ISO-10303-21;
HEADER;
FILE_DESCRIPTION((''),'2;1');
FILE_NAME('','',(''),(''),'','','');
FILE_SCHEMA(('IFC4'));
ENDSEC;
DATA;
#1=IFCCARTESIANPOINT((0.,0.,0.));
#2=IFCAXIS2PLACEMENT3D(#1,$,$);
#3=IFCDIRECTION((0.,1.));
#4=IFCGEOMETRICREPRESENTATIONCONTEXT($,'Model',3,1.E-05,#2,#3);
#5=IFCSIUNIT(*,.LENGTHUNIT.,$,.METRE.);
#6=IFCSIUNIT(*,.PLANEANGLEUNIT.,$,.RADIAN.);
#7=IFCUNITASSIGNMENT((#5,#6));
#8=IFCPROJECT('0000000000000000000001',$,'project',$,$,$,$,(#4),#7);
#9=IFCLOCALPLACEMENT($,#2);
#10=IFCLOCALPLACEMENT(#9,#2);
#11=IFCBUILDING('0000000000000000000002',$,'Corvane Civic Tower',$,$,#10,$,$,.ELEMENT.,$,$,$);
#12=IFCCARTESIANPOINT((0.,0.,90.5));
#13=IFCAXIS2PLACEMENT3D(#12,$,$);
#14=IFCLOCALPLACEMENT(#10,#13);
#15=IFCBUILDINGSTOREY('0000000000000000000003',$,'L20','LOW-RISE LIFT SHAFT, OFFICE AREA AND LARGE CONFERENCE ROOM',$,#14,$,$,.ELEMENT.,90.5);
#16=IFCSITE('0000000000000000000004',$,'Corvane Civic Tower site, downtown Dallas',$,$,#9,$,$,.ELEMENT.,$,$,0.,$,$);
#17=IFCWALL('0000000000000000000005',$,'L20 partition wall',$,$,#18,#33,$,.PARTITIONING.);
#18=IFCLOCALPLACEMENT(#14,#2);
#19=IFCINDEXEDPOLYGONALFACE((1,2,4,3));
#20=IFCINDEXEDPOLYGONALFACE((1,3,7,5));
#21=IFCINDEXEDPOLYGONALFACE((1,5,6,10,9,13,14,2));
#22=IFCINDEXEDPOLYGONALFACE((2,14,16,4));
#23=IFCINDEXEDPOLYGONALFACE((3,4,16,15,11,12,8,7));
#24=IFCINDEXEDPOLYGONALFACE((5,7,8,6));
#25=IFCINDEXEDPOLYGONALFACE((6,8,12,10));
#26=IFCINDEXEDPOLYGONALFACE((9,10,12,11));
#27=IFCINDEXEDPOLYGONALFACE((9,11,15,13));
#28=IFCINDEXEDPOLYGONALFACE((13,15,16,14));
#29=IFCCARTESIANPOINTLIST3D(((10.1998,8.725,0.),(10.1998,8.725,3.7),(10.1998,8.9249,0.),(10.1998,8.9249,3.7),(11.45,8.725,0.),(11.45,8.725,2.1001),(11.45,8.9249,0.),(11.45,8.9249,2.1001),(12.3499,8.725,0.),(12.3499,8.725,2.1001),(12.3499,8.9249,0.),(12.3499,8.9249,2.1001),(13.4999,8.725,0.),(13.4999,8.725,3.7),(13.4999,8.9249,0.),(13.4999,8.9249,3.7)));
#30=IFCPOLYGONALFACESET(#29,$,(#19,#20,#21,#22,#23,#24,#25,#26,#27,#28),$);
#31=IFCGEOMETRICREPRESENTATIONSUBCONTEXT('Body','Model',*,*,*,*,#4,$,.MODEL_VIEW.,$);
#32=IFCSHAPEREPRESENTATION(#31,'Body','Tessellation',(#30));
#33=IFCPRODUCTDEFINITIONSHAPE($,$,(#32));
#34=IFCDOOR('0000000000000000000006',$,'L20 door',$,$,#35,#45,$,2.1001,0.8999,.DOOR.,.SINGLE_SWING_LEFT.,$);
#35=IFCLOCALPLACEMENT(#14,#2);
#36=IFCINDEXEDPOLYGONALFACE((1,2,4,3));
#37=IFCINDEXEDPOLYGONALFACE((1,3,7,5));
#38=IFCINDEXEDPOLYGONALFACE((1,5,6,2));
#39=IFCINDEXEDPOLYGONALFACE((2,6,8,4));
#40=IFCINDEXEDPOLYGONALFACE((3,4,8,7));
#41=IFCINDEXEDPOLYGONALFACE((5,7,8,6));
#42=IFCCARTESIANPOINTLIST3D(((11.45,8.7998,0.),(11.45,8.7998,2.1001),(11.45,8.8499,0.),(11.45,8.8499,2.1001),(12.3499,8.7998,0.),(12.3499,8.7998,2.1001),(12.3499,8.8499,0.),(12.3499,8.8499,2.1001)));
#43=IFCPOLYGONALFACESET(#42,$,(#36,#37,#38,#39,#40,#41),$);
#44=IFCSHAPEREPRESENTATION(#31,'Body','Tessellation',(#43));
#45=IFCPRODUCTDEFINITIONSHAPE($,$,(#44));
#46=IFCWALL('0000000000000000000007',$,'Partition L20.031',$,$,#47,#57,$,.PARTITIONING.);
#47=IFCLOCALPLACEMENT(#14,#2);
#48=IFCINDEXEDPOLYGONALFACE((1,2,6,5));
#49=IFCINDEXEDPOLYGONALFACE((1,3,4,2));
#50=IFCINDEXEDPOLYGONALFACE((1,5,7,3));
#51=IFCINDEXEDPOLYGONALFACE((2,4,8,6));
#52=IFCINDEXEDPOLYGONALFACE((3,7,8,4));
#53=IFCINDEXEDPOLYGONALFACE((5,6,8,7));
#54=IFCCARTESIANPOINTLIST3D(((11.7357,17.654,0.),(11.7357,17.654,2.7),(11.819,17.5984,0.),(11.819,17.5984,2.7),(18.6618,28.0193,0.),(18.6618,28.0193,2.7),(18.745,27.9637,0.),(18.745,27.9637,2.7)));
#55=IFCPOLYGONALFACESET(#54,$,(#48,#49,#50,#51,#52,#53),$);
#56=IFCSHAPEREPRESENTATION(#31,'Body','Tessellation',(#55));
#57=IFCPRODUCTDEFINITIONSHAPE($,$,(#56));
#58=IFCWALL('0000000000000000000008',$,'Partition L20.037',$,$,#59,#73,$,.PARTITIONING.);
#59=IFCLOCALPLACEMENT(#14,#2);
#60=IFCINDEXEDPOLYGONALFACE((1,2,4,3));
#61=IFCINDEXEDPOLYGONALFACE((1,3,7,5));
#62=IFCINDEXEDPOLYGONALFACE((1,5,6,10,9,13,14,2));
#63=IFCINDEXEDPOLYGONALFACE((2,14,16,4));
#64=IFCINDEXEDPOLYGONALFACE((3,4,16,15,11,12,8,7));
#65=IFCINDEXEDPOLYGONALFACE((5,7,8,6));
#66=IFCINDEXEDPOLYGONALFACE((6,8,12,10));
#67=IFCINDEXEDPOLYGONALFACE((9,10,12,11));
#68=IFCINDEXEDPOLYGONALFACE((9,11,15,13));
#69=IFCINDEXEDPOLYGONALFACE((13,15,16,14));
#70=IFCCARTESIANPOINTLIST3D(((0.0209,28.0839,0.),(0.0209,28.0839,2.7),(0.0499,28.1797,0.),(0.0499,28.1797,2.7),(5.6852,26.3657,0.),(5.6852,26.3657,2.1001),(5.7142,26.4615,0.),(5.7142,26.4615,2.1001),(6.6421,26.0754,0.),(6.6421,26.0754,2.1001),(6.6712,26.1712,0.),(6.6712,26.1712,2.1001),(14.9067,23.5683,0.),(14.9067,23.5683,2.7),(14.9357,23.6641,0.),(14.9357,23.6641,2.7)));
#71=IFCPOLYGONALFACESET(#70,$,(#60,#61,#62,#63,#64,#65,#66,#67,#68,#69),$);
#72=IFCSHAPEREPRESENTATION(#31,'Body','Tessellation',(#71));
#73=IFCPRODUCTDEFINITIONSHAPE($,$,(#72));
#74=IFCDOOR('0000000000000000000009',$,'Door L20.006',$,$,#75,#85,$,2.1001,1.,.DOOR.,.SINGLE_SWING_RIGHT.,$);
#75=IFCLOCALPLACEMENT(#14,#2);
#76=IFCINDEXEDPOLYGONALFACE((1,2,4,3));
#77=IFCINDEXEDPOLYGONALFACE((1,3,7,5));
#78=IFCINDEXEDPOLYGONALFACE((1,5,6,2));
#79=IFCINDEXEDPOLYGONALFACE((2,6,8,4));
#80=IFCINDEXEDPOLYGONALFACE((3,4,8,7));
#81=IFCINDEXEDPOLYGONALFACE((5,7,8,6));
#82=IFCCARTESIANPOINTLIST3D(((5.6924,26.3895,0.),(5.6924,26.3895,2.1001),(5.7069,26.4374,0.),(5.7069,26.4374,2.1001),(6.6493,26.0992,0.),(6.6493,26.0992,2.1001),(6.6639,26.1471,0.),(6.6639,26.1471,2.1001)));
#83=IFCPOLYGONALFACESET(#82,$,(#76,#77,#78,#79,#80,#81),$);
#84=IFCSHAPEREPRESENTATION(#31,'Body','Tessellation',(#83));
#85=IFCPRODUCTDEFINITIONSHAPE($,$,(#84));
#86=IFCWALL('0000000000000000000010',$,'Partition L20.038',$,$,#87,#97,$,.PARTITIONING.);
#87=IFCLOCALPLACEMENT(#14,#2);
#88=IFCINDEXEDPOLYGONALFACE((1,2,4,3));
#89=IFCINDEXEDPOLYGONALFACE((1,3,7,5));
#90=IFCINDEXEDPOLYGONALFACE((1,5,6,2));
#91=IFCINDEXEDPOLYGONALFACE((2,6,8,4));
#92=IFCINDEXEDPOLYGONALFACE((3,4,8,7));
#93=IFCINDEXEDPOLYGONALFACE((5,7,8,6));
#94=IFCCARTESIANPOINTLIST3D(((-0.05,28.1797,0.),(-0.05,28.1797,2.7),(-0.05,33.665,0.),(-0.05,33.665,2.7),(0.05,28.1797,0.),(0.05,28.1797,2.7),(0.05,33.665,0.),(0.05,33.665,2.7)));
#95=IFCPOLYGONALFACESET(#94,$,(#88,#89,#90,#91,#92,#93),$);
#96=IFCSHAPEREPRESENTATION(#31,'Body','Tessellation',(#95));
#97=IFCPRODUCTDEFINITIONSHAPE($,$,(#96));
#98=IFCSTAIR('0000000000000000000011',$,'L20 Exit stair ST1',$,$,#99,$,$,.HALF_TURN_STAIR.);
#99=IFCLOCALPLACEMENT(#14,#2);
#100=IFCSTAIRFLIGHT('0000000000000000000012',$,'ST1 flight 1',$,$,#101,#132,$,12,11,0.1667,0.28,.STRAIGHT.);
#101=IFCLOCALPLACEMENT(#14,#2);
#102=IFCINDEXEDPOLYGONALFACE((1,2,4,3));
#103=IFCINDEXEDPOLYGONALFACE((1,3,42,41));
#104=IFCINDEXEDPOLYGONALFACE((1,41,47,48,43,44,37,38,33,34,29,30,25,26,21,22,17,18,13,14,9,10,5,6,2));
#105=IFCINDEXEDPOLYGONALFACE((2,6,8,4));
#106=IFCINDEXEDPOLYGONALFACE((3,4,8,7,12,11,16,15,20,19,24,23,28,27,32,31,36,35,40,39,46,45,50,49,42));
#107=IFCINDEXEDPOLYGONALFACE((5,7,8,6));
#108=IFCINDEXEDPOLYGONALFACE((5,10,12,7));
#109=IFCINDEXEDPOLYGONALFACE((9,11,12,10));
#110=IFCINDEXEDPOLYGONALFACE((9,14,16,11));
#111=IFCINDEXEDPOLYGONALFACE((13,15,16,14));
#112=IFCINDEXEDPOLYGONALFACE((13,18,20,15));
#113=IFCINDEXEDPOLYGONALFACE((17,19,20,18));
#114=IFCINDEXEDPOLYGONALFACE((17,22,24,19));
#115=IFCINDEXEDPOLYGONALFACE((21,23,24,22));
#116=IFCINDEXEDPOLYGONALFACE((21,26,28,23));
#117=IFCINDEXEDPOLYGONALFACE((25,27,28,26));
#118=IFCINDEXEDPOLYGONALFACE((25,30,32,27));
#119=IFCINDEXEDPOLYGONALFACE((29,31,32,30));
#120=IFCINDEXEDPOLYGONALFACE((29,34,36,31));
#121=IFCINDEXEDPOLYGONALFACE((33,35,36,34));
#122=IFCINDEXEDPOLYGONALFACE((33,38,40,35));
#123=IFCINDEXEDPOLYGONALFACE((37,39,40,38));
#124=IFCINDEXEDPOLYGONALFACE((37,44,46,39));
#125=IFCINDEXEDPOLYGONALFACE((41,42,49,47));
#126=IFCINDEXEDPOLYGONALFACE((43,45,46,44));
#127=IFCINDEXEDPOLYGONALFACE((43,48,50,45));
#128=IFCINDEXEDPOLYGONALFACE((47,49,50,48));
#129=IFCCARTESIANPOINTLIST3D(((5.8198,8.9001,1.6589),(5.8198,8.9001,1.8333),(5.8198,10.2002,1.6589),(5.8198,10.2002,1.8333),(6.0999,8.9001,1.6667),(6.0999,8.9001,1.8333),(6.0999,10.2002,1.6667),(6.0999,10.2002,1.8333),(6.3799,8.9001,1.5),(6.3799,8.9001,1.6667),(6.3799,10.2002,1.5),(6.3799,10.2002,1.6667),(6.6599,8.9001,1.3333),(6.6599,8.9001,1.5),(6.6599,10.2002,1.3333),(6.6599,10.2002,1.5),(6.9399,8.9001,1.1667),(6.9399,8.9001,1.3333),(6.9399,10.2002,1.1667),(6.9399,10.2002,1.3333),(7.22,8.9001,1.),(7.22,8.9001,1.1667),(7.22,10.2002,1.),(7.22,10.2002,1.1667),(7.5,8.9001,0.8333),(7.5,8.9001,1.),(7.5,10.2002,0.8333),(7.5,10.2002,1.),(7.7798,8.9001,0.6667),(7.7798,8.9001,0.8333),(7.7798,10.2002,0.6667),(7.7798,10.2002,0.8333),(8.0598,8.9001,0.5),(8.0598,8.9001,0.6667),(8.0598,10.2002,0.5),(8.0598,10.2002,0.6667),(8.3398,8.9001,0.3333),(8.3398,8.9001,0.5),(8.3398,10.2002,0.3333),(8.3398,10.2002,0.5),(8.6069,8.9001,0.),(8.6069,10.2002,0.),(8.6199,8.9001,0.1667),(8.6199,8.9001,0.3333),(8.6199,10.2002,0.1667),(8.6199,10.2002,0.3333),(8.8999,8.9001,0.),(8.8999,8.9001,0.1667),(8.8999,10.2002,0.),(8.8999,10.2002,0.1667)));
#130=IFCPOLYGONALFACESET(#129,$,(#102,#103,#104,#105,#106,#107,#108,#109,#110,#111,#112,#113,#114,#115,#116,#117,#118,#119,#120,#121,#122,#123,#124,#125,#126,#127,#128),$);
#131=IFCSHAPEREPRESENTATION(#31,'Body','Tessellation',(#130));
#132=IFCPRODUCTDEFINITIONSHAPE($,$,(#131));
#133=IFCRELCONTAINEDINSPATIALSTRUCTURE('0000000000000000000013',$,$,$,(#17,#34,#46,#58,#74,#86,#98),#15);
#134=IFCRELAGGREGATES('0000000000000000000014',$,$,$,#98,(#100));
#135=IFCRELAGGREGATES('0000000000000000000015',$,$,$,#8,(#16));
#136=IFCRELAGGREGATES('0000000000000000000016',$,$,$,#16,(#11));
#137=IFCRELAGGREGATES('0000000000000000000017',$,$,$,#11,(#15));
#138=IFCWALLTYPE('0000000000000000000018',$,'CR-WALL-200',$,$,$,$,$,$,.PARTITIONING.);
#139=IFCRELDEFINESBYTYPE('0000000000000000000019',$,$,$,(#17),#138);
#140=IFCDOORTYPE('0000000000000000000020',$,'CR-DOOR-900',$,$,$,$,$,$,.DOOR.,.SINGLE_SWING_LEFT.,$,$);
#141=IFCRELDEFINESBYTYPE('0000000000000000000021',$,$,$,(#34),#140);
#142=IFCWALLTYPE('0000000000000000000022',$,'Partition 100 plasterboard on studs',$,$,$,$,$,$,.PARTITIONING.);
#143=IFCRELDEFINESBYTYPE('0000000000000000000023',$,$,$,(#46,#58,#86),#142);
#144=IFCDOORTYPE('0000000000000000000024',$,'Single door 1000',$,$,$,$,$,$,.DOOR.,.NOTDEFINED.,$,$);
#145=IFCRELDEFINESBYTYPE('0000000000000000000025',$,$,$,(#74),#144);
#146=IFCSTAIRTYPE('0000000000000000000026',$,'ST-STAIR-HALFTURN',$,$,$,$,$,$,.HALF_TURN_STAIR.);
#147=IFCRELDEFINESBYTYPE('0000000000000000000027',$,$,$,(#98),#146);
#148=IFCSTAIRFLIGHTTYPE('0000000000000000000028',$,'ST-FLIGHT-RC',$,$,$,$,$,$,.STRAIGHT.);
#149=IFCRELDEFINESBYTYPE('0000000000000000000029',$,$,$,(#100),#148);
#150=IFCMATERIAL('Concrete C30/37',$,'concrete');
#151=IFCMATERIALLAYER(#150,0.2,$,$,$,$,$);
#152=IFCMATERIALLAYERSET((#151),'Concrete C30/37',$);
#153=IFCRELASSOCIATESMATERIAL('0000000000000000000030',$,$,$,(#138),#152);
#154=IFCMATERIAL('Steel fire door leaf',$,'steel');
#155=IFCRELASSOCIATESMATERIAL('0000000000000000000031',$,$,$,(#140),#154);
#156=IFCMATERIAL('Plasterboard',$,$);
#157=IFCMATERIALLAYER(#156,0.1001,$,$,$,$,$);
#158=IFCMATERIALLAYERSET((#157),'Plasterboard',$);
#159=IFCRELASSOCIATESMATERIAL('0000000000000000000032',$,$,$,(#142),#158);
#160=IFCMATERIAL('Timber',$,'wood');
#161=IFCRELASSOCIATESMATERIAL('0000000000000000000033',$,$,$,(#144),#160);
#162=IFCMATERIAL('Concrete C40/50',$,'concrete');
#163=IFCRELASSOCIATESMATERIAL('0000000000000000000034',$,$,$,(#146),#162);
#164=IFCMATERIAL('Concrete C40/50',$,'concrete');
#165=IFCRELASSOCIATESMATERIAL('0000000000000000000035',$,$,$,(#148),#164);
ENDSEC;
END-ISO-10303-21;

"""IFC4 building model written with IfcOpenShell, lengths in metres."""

from ifc_helpers import new_model, si_unit, direction, frame, frame_2d, origin, place, context, subcontext, project, spatial, polyline, rectangle, outline, extrude, material, layer, layer_set, type_object, element, fill, aggregate, save


model = new_model("IFC4")

# Units and contexts
model_context = context("Model", 3, precision=1e-05, world=origin(), true_north=direction((0.0, 1.0)))
body_context = subcontext(model_context, "Body", "Model", "MODEL_VIEW")
ifc_project = project(units=[si_unit("LENGTHUNIT", "METRE"), si_unit("PLANEANGLEUNIT", "RADIAN")], contexts=[model_context])

# Site, building, storey
site_placement = place(None, origin())
site = spatial("IfcSite", under=ifc_project, at=site_placement, Name="Corvane Civic Tower site, downtown Dallas", CompositionType="ELEMENT", RefElevation=0.0)
building_placement = place(site_placement, origin())
building = spatial("IfcBuilding", under=site, at=building_placement, Name="Corvane Civic Tower", CompositionType="ELEMENT")
storey_placement = place(building_placement, frame((0.0, 0.0, 90.5)))
storey = spatial("IfcBuildingStorey", under=building, at=storey_placement, Name="L20", Description="LOW-RISE LIFT SHAFT, OFFICE AREA AND LARGE CONFERENCE ROOM", CompositionType="ELEMENT", Elevation=90.5)

# Wall, opening, door
ifc_material_1 = material(Name="Concrete C30/37", Category="concrete")
ifc_layer_1 = layer(ifc_material_1, 0.2)
ifc_layer_set_1 = layer_set([ifc_layer_1], Name="Concrete C30/37")
wall_type_1 = type_object("IfcWallType", Name="CR-WALL-200", PredefinedType="PARTITIONING", material=ifc_layer_set_1)
wall_1_placement = place(storey_placement, frame((10.2, 8.825, 0.0), z_axis=(0.0, 0.0, 1.0), x_axis=(1.0, 0.0, 0.0)))
wall_1 = element("IfcWall", 1, at=wall_1_placement, inside=storey, type_object=wall_type_1, Name="L20 partition wall", PredefinedType="PARTITIONING", context=body_context, shape_type="SweptSolid", body=[
    extrude(rectangle(XDim=3.3, YDim=0.2, at=frame_2d((1.6499, 0.0))), origin(), (0.0, 0.0, 1.0), 3.7),
])
opening_1_placement = place(wall_1_placement, frame((1.25, 0.0, 0.0)))
opening_1 = element("IfcOpeningElement", 2, at=opening_1_placement, cuts=wall_1, PredefinedType="OPENING", context=body_context, shape_type="SweptSolid", body=[
    extrude(rectangle(XDim=0.8999, YDim=2.1001, at=frame_2d((0.45, 1.05))), frame((0.0, 0.1099, 0.0), z_axis=(0.0, -1.0, 0.0), x_axis=(1.0, 0.0, 0.0)), (0.0, 0.0, 1.0), 0.22),
])
ifc_material_2 = material(Name="Steel fire door leaf", Category="steel")
door_type_1 = type_object("IfcDoorType", Name="CR-DOOR-900", OperationType="SINGLE_SWING_LEFT", PredefinedType="DOOR", material=ifc_material_2)
door_1_placement = place(opening_1_placement, origin())
door_1 = element("IfcDoor", 3, at=door_1_placement, inside=storey, type_object=door_type_1, Name="L20 door", OperationType="SINGLE_SWING_LEFT", OverallHeight=2.1001, OverallWidth=0.8999, PredefinedType="DOOR", context=body_context, shape_type="SweptSolid", body=[
    extrude(rectangle(XDim=0.8999, YDim=2.1001, at=frame_2d((0.45, 1.05))), frame((0.0, 0.0249, 0.0), z_axis=(0.0, -1.0, 0.0), x_axis=(1.0, 0.0, 0.0)), (0.0, 0.0, 1.0), 0.05),
])
fill(opening_1, door_1)

# Wall
ifc_material_3 = material(Name="Plasterboard")
ifc_layer_2 = layer(ifc_material_3, 0.1001)
ifc_layer_set_2 = layer_set([ifc_layer_2], Name="Plasterboard")
wall_type_2 = type_object("IfcWallType", Name="Partition 100 plasterboard on studs", PredefinedType="PARTITIONING", material=ifc_layer_set_2)
wall_2_placement = place(storey_placement, frame((11.7773, 17.6262, 0.0), z_axis=(0.0, 0.0, 1.0), x_axis=(0.555581, 0.831462, 0.0)))
element("IfcWall", 4, at=wall_2_placement, inside=storey, type_object=wall_type_2, Name="Partition L20.031", PredefinedType="PARTITIONING", context=body_context, shape_type="SweptSolid", body=[
    extrude(rectangle(XDim=12.4663, YDim=0.1001, at=frame_2d((6.2332, 0.0))), origin(), (0.0, 0.0, 1.0), 2.7),
])

# Wall, opening, door
wall_3_placement = place(storey_placement, frame((0.0354, 28.1318, 0.0), z_axis=(0.0, 0.0, 1.0), x_axis=(0.956939, -0.29029, 0.0)))
wall_3 = element("IfcWall", 5, at=wall_3_placement, inside=storey, type_object=wall_type_2, Name="Partition L20.037", PredefinedType="PARTITIONING", context=body_context, shape_type="SweptSolid", body=[
    extrude(rectangle(XDim=15.5557, YDim=0.1001, at=frame_2d((7.7778, 0.0))), origin(), (0.0, 0.0, 1.0), 2.7),
])
opening_2_placement = place(wall_3_placement, frame((5.9192, 0.0, 0.0)))
opening_2 = element("IfcOpeningElement", 6, at=opening_2_placement, cuts=wall_3, PredefinedType="OPENING", context=body_context, shape_type="SweptSolid", body=[
    extrude(rectangle(XDim=1.0, YDim=2.1001, at=frame_2d((0.5, 1.05))), frame((0.0, 0.0601, 0.0), z_axis=(0.0, -1.0, 0.0), x_axis=(1.0, 0.0, 0.0)), (0.0, 0.0, 1.0), 0.1201),
])
ifc_material_4 = material(Name="Timber", Category="wood")
door_type_2 = type_object("IfcDoorType", Name="Single door 1000", OperationType="NOTDEFINED", PredefinedType="DOOR", material=ifc_material_4)
door_2_placement = place(opening_2_placement, origin())
door_2 = element("IfcDoor", 7, at=door_2_placement, inside=storey, type_object=door_type_2, Name="Door L20.006", OperationType="SINGLE_SWING_RIGHT", OverallHeight=2.1001, OverallWidth=1.0, PredefinedType="DOOR", context=body_context, shape_type="SweptSolid", body=[
    extrude(rectangle(XDim=1.0, YDim=2.1001, at=frame_2d((0.5, 1.05))), frame((0.0, 0.0249, 0.0), z_axis=(0.0, -1.0, 0.0), x_axis=(1.0, 0.0, 0.0)), (0.0, 0.0, 1.0), 0.05),
])
fill(opening_2, door_2)

# Wall
wall_4_placement = place(storey_placement, frame((0.0, 28.1797, 0.0), z_axis=(0.0, 0.0, 1.0), x_axis=(0.0, 1.0, 0.0)))
element("IfcWall", 8, at=wall_4_placement, inside=storey, type_object=wall_type_2, Name="Partition L20.038", PredefinedType="PARTITIONING", context=body_context, shape_type="SweptSolid", body=[
    extrude(rectangle(XDim=5.4854, YDim=0.1001, at=frame_2d((2.7427, 0.0))), origin(), (0.0, 0.0, 1.0), 2.7),
])

# Stair, stair flight
ifc_material_5 = material(Name="Concrete C40/50", Category="concrete")
stair_type = type_object("IfcStairType", Name="ST-STAIR-HALFTURN", PredefinedType="HALF_TURN_STAIR", material=ifc_material_5)
stair_placement = place(storey_placement, origin())
stair = element("IfcStair", 9, at=stair_placement, inside=storey, type_object=stair_type, Name="L20 Exit stair ST1", PredefinedType="HALF_TURN_STAIR")
ifc_material_6 = material(Name="Concrete C40/50", Category="concrete")
stair_flight_type = type_object("IfcStairFlightType", Name="ST-FLIGHT-RC", PredefinedType="STRAIGHT", material=ifc_material_6)
stair_flight_placement = place(storey_placement, frame((8.8999, 9.55, 0.0), z_axis=(0.0, 0.0, 1.0), x_axis=(-1.0, 0.0, 0.0)))
stair_flight = element("IfcStairFlight", 10, at=stair_flight_placement, type_object=stair_flight_type, Name="ST1 flight 1", NumberOfRisers=12, NumberOfTreads=11, PredefinedType="STRAIGHT", RiserHeight=0.1667, TreadLength=0.28, context=body_context, shape_type="SweptSolid", body=[
    extrude(outline(polyline([(0.0, 0.0), (0.0, 0.1667), (0.28, 0.1667), (0.28, 0.3333), (0.5601, 0.3333), (0.5601, 0.5), (0.8401, 0.5), (0.8401, 0.6667), (1.1201, 0.6667), (1.1201, 0.8333), (1.3999, 0.8333), (1.3999, 1.0), (1.6799, 1.0), (1.6799, 1.1667), (1.96, 1.1667), (1.96, 1.3333), (2.24, 1.3333), (2.24, 1.5), (2.52, 1.5), (2.52, 1.6667), (2.8, 1.6667), (2.8, 1.8333), (3.0801, 1.8333), (3.0801, 2.0), (3.0801, 1.6589), (0.293, 0.0), (0.0, 0.0)])), frame((0.0, 0.6499, 0.0), z_axis=(0.0, -1.0, 0.0), x_axis=(1.0, 0.0, 0.0)), (0.0, 0.0, 1.0), 1.3),
])
aggregate(stair, [stair_flight])

save(model, "model.ifc")
